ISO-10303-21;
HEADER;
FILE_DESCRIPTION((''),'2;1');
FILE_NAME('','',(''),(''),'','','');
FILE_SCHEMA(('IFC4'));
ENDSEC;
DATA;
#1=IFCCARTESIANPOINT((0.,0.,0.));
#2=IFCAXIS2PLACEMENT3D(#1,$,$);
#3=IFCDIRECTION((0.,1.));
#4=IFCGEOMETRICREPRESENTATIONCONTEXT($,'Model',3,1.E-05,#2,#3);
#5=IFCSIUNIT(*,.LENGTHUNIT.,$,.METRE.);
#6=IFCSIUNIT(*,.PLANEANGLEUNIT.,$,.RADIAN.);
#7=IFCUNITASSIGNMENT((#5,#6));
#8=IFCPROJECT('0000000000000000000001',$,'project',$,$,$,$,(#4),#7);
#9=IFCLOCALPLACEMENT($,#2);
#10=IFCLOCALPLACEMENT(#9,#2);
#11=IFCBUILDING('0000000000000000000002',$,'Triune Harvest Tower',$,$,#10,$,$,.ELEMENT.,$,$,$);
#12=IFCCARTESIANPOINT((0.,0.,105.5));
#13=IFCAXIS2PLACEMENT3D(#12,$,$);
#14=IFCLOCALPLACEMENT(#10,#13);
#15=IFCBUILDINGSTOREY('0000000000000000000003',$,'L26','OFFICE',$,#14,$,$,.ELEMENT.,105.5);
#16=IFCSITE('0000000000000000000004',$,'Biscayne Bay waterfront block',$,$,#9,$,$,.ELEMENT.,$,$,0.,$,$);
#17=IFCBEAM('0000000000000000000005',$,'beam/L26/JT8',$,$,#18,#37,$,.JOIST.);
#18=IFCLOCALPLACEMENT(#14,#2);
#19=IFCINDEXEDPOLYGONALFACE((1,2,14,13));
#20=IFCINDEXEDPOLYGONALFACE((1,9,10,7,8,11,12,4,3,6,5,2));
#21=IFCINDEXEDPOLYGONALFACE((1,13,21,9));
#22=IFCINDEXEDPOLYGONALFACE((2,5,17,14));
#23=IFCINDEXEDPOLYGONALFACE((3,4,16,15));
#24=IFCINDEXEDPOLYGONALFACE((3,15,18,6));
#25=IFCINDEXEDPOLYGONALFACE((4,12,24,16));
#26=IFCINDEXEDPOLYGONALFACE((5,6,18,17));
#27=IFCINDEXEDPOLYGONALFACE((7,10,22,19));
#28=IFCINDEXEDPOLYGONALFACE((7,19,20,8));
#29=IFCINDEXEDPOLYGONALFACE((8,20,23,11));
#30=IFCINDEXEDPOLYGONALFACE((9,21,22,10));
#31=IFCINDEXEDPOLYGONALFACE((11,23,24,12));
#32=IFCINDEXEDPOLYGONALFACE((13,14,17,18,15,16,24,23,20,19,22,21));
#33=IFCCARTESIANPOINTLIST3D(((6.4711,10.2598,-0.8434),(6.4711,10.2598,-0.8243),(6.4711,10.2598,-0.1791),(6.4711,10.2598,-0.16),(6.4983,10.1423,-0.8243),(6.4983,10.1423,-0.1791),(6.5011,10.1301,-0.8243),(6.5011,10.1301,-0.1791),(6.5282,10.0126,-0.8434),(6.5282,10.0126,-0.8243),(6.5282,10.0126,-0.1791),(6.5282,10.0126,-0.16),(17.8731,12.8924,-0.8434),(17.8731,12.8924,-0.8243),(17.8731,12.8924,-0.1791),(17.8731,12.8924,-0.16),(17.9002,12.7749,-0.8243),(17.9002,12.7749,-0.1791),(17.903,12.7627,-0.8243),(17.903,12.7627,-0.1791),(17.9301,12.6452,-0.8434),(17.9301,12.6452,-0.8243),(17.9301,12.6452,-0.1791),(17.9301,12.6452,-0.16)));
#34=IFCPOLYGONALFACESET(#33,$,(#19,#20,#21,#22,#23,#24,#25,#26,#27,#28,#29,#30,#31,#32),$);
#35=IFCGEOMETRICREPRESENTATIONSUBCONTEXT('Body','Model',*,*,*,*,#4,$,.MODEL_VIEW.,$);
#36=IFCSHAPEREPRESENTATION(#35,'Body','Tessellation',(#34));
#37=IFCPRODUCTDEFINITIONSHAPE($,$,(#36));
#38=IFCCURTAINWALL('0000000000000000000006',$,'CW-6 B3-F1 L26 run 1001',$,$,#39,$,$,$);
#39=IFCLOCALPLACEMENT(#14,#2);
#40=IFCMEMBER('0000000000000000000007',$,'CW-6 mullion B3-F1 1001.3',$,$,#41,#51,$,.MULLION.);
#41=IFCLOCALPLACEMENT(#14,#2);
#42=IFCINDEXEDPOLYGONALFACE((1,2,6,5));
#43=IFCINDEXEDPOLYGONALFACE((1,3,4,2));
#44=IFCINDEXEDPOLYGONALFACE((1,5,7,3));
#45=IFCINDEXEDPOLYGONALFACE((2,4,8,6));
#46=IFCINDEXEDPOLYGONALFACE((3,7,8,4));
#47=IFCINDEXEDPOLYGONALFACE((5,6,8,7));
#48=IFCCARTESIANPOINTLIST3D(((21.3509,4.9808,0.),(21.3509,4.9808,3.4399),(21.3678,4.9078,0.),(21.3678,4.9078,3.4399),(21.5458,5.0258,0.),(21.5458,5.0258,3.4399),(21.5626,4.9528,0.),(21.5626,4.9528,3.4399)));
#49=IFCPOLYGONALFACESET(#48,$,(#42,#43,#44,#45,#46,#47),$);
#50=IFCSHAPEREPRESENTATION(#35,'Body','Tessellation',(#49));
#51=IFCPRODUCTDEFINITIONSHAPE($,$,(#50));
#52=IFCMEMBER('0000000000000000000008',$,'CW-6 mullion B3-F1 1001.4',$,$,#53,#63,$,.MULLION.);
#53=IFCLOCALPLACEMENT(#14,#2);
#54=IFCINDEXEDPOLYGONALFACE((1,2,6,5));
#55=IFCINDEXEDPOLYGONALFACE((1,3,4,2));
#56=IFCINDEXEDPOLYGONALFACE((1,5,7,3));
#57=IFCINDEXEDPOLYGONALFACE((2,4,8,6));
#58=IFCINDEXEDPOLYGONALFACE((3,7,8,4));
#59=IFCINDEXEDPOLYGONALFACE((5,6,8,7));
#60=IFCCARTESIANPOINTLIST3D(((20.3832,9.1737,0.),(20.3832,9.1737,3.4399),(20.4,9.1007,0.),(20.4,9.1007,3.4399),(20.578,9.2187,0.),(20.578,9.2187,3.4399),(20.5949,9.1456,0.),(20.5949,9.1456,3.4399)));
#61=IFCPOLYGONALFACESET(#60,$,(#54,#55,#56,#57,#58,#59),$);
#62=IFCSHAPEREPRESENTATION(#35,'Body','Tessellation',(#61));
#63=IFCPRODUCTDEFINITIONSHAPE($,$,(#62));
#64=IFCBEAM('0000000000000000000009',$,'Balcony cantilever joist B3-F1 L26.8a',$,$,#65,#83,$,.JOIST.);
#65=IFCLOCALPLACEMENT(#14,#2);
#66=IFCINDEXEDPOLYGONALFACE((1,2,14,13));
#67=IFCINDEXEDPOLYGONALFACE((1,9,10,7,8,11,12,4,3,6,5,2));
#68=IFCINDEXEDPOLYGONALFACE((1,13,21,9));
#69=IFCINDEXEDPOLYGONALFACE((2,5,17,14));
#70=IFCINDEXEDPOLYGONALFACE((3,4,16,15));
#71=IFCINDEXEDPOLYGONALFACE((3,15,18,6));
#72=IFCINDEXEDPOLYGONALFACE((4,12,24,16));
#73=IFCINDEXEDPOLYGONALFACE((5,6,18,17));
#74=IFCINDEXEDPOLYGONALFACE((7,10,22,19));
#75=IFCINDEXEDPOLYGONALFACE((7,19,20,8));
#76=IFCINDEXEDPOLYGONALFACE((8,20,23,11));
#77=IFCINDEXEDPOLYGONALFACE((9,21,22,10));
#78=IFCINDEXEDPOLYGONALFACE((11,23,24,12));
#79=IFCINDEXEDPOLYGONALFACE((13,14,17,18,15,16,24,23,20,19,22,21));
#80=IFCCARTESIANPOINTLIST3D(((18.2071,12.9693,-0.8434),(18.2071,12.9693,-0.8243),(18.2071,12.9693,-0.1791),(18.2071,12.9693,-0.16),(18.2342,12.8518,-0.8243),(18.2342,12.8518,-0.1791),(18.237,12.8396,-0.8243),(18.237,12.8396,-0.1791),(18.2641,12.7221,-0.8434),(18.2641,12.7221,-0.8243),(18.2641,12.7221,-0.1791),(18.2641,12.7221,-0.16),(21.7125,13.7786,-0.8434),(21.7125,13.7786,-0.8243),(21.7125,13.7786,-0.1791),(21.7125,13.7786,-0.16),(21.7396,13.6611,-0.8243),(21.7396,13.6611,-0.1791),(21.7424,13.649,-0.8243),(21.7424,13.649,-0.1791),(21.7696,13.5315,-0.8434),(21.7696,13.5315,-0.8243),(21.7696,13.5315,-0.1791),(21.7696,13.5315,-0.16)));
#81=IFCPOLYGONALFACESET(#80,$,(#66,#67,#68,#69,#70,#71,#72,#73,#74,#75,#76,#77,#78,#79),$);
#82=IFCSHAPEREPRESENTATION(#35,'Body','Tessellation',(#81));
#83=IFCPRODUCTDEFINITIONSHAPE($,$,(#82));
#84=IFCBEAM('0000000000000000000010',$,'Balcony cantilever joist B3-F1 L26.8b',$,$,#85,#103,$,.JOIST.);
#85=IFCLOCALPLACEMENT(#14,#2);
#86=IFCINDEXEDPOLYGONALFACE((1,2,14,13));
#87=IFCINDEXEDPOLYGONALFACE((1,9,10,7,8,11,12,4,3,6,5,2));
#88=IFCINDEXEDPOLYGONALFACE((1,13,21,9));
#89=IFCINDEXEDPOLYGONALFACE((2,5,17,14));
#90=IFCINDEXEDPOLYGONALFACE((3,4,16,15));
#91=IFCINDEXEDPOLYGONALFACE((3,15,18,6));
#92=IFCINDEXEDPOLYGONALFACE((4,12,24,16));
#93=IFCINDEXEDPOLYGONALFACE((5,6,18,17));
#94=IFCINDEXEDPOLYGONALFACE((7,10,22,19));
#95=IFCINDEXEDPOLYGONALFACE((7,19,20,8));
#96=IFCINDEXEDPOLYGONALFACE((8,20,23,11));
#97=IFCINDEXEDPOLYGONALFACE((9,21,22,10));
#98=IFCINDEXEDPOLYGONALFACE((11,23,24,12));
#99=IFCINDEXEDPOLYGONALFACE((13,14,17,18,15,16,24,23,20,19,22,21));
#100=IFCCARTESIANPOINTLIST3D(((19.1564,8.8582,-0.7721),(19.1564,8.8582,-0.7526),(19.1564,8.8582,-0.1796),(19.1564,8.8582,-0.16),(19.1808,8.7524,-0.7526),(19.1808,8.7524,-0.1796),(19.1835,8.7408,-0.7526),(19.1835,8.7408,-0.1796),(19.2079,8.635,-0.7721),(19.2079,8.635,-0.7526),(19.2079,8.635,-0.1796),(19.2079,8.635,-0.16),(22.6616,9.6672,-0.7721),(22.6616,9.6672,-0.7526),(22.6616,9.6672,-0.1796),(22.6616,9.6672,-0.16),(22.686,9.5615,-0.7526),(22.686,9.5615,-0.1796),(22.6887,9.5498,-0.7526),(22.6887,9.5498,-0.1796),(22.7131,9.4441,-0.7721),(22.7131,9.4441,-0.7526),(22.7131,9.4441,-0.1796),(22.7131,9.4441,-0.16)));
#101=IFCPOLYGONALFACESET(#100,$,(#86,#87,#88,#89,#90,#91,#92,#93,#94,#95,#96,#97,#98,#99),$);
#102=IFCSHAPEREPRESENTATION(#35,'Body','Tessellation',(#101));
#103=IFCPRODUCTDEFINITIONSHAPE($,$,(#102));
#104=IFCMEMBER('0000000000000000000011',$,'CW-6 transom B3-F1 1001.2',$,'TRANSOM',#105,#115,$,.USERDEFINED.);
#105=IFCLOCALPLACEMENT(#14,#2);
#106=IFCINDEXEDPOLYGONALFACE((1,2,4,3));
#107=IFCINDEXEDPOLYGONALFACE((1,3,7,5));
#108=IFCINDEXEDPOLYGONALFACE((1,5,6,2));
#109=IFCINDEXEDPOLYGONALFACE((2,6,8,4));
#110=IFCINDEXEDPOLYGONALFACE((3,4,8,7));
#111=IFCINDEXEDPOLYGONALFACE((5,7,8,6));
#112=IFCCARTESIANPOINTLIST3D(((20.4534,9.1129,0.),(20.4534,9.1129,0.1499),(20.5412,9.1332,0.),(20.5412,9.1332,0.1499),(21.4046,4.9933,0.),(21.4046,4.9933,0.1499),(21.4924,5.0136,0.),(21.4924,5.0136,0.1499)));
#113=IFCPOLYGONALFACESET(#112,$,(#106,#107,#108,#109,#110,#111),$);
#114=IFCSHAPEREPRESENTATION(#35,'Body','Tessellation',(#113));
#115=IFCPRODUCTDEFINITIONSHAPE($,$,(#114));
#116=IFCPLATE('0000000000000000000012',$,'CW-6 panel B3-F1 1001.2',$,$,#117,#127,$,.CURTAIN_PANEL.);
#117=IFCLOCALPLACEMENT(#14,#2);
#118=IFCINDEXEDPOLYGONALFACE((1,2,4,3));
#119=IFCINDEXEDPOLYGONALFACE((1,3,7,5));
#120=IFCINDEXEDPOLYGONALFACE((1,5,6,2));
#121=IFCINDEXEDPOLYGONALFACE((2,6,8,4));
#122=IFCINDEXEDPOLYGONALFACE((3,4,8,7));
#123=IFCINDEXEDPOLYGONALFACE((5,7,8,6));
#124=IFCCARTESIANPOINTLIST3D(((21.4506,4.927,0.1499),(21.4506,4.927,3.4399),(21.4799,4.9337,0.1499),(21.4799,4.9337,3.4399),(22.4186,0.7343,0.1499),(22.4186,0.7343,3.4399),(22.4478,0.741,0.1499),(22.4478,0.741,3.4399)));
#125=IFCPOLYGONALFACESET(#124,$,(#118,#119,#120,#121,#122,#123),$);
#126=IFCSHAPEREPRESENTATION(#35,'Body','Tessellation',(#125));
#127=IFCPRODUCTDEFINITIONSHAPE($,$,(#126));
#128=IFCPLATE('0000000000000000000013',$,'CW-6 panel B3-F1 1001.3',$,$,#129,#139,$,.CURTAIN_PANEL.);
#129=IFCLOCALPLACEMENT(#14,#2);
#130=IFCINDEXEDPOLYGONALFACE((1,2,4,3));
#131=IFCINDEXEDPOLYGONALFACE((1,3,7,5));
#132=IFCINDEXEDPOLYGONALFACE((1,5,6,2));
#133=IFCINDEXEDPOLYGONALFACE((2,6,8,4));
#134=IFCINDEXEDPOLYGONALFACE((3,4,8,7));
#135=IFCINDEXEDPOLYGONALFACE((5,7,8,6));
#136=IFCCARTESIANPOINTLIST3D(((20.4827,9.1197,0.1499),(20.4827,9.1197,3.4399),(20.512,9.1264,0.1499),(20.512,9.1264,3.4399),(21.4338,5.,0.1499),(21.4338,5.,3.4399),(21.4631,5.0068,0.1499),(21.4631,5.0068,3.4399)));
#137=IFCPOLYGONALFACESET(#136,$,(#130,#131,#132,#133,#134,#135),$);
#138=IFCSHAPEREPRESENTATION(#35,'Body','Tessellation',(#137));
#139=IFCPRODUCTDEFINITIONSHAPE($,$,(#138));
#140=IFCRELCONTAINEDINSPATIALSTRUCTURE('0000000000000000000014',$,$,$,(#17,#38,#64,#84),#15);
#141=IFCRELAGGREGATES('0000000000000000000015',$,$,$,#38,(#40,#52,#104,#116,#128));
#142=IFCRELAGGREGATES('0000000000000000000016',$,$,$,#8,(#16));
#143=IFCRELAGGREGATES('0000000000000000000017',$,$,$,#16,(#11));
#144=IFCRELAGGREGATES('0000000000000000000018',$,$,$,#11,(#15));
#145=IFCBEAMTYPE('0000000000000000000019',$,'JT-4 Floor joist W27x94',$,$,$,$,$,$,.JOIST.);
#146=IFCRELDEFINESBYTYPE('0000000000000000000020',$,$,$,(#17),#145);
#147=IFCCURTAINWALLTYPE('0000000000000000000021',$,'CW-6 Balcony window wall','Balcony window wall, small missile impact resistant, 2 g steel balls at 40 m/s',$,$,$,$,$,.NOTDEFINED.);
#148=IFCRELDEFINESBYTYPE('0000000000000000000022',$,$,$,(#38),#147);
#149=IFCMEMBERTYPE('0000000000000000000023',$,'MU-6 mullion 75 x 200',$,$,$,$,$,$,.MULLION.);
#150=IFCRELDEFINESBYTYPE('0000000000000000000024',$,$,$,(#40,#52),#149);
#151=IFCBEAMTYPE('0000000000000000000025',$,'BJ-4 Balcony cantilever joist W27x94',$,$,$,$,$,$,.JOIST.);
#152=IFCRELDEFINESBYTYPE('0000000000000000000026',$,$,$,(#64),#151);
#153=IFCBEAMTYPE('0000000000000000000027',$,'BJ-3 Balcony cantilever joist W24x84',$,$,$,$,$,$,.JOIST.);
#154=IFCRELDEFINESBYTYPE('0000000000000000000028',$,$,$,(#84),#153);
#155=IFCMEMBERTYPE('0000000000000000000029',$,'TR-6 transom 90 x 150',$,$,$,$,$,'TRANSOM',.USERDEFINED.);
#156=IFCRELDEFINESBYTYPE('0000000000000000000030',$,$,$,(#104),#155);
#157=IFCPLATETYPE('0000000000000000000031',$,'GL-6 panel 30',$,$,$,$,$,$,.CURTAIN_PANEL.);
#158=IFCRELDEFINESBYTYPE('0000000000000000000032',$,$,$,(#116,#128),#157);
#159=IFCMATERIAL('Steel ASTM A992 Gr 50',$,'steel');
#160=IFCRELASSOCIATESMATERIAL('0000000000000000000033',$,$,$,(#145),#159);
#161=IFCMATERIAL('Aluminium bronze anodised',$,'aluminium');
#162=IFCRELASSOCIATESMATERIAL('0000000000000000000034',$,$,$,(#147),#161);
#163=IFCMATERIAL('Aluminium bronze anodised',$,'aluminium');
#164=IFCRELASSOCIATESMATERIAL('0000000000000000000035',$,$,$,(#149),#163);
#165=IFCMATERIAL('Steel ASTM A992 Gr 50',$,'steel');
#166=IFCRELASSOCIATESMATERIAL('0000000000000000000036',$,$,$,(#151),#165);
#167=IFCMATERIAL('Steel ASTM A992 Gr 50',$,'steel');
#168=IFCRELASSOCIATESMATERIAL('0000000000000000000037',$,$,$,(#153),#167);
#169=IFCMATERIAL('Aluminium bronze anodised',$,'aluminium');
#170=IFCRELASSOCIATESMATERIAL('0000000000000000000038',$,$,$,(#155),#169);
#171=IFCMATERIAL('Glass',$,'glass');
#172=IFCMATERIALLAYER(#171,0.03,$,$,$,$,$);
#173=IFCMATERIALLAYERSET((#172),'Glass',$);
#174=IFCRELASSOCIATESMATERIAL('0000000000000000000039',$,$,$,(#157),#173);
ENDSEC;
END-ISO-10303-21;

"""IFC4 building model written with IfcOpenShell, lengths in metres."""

from ifc_helpers import new_model, si_unit, direction, frame, origin, origin_2d, place, context, subcontext, project, spatial, rectangle, i_section, extrude, source, transform, mapped, material, layer, layer_set, material_profile, profile_set, type_object, element, aggregate, save


model = new_model("IFC4")

# Units and contexts
model_context = context("Model", 3, precision=1e-05, world=origin(), true_north=direction((0.0, 1.0)))
body_context = subcontext(model_context, "Body", "Model", "MODEL_VIEW")
ifc_project = project(units=[si_unit("LENGTHUNIT", "METRE"), si_unit("PLANEANGLEUNIT", "RADIAN")], contexts=[model_context])

# Site, building, storey
site_placement = place(None, origin())
site = spatial("IfcSite", under=ifc_project, at=site_placement, Name="Biscayne Bay waterfront block", CompositionType="ELEMENT", RefElevation=0.0)
building_placement = place(site_placement, origin())
building = spatial("IfcBuilding", under=site, at=building_placement, Name="Triune Harvest Tower", CompositionType="ELEMENT")
storey_placement = place(building_placement, frame((0.0, 0.0, 105.5)))
storey = spatial("IfcBuildingStorey", under=building, at=storey_placement, Name="L26", Description="OFFICE", CompositionType="ELEMENT", Elevation=105.5)

# Beam
ifc_material_1 = material(Name="Steel ASTM A992 Gr 50", Category="steel")
ifc_material_profile_1 = material_profile(ifc_material_1, i_section(OverallWidth=0.2537, OverallDepth=0.6833, WebThickness=0.0125, FlangeThickness=0.019, at=origin_2d()), Name="W27x94")
ifc_profile_set_1 = profile_set([ifc_material_profile_1], Name="Steel ASTM A992 Gr 50")
beam_type_1 = type_object("IfcBeamType", Name="JT-4 Floor joist W27x94", PredefinedType="JOIST", material=ifc_profile_set_1)
shared_shape_1 = source(origin(), body_context, "Body", "SweptSolid", [
    extrude(i_section(OverallWidth=0.2537, OverallDepth=0.6833, WebThickness=0.0125, FlangeThickness=0.019, at=origin_2d()), origin(), (0.0, 0.0, 1.0), 11.7019),
])
beam_1_placement = place(storey_placement, frame((17.9016, 12.7688, -0.5017), z_axis=(-0.974366, -0.224971, 0.0), x_axis=(0.224971, -0.974366, 0.0)))
element("IfcBeam", 1, at=beam_1_placement, inside=storey, type_object=beam_type_1, Name="beam/L26/JT8", PredefinedType="JOIST", context=body_context, shape_type="MappedRepresentation", body=[
    mapped(shared_shape_1, transform((0.0, 0.0, 0.0), scale=1.0)),
])

# Curtain wall, members
ifc_material_2 = material(Name="Aluminium bronze anodised", Category="aluminium")
curtain_wall_type = type_object("IfcCurtainWallType", Name="CW-6 Balcony window wall", Description="Balcony window wall, small missile impact resistant, 2 g steel balls at 40 m/s", PredefinedType="NOTDEFINED", material=ifc_material_2)
curtain_wall_placement = place(storey_placement, origin())
curtain_wall = element("IfcCurtainWall", 2, at=curtain_wall_placement, inside=storey, type_object=curtain_wall_type, Name="CW-6 B3-F1 L26 run 1001")
ifc_material_3 = material(Name="Aluminium bronze anodised", Category="aluminium")
ifc_material_profile_2 = material_profile(ifc_material_3, rectangle(XDim=0.2, YDim=0.075, at=origin_2d()), Name="MU-6 mullion 75 x 200")
ifc_profile_set_2 = profile_set([ifc_material_profile_2], Name="Aluminium bronze anodised")
member_type_1 = type_object("IfcMemberType", Name="MU-6 mullion 75 x 200", PredefinedType="MULLION", material=ifc_profile_set_2)
shared_shape_2 = source(origin(), body_context, "Body", "SweptSolid", [
    extrude(rectangle(XDim=0.2, YDim=0.075, at=origin_2d()), origin(), (0.0, 0.0, 1.0), 3.4399),
])
member_1_placement = place(storey_placement, frame((21.4568, 4.9668, 0.0), z_axis=(0.0, 0.0, 1.0), x_axis=(-0.974369, -0.224955, 0.0)))
member_1 = element("IfcMember", 3, at=member_1_placement, type_object=member_type_1, Name="CW-6 mullion B3-F1 1001.3", PredefinedType="MULLION", context=body_context, shape_type="MappedRepresentation", body=[
    mapped(shared_shape_2, transform((0.0, 0.0, 0.0), scale=1.0)),
])
member_2_placement = place(storey_placement, frame((20.489, 9.1597, 0.0), z_axis=(0.0, 0.0, 1.0), x_axis=(-0.974369, -0.224955, 0.0)))
member_2 = element("IfcMember", 4, at=member_2_placement, type_object=member_type_1, Name="CW-6 mullion B3-F1 1001.4", PredefinedType="MULLION", context=body_context, shape_type="MappedRepresentation", body=[
    mapped(shared_shape_2, transform((0.0, 0.0, 0.0), scale=1.0)),
])

# Beams
ifc_material_4 = material(Name="Steel ASTM A992 Gr 50", Category="steel")
ifc_material_profile_3 = material_profile(ifc_material_4, i_section(OverallWidth=0.2537, OverallDepth=0.6833, WebThickness=0.0125, FlangeThickness=0.019, at=origin_2d()), Name="W27x94")
ifc_profile_set_3 = profile_set([ifc_material_profile_3], Name="Steel ASTM A992 Gr 50")
beam_type_2 = type_object("IfcBeamType", Name="BJ-4 Balcony cantilever joist W27x94", PredefinedType="JOIST", material=ifc_profile_set_3)
shared_shape_3 = source(origin(), body_context, "Body", "SweptSolid", [
    extrude(i_section(OverallWidth=0.2537, OverallDepth=0.6833, WebThickness=0.0125, FlangeThickness=0.019, at=origin_2d()), origin(), (0.0, 0.0, 1.0), 3.5977),
])
beam_2_placement = place(storey_placement, frame((18.2356, 12.8457, -0.5017), z_axis=(0.974367, 0.224964, 0.0), x_axis=(-0.224964, 0.974367, 0.0)))
element("IfcBeam", 5, at=beam_2_placement, inside=storey, type_object=beam_type_2, Name="Balcony cantilever joist B3-F1 L26.8a", PredefinedType="JOIST", context=body_context, shape_type="MappedRepresentation", body=[
    mapped(shared_shape_3, transform((0.0, 0.0, 0.0), scale=1.0)),
])
ifc_material_5 = material(Name="Steel ASTM A992 Gr 50", Category="steel")
ifc_material_profile_4 = material_profile(ifc_material_5, i_section(OverallWidth=0.229, OverallDepth=0.6121, WebThickness=0.012, FlangeThickness=0.0195, at=origin_2d()), Name="W24x84")
ifc_profile_set_4 = profile_set([ifc_material_profile_4], Name="Steel ASTM A992 Gr 50")
beam_type_3 = type_object("IfcBeamType", Name="BJ-3 Balcony cantilever joist W24x84", PredefinedType="JOIST", material=ifc_profile_set_4)
shared_shape_4 = source(origin(), body_context, "Body", "SweptSolid", [
    extrude(i_section(OverallWidth=0.229, OverallDepth=0.6121, WebThickness=0.012, FlangeThickness=0.0195, at=origin_2d()), origin(), (0.0, 0.0, 1.0), 3.5974),
])
beam_3_placement = place(storey_placement, frame((19.1821, 8.7466, -0.4661), z_axis=(0.974382, 0.224899, 0.0), x_axis=(-0.224899, 0.974382, 0.0)))
element("IfcBeam", 6, at=beam_3_placement, inside=storey, type_object=beam_type_3, Name="Balcony cantilever joist B3-F1 L26.8b", PredefinedType="JOIST", context=body_context, shape_type="MappedRepresentation", body=[
    mapped(shared_shape_4, transform((0.0, 0.0, 0.0), scale=1.0)),
])

# Member
ifc_material_6 = material(Name="Aluminium bronze anodised", Category="aluminium")
ifc_material_profile_5 = material_profile(ifc_material_6, rectangle(XDim=0.0901, YDim=0.1499, at=origin_2d()), Name="TR-6 transom 90 x 150")
ifc_profile_set_5 = profile_set([ifc_material_profile_5], Name="Aluminium bronze anodised")
member_type_2 = type_object("IfcMemberType", Name="TR-6 transom 90 x 150", ElementType="TRANSOM", PredefinedType="USERDEFINED", material=ifc_profile_set_5)
shared_shape_5 = source(origin(), body_context, "Body", "SweptSolid", [
    extrude(rectangle(XDim=0.0901, YDim=0.1499, at=origin_2d()), origin(), (0.0, 0.0, 1.0), 4.228),
])
member_3_placement = place(storey_placement, frame((21.4485, 5.0034, 0.075), z_axis=(-0.224969, 0.974366, 0.0), x_axis=(-0.974366, -0.224969, 0.0)))
member_3 = element("IfcMember", 7, at=member_3_placement, type_object=member_type_2, Name="CW-6 transom B3-F1 1001.2", ObjectType="TRANSOM", PredefinedType="USERDEFINED", context=body_context, shape_type="MappedRepresentation", body=[
    mapped(shared_shape_5, transform((0.0, 0.0, 0.0), scale=1.0)),
])

# Plates
ifc_material_7 = material(Name="Glass", Category="glass")
ifc_layer_1 = layer(ifc_material_7, 0.03)
ifc_layer_set_1 = layer_set([ifc_layer_1], Name="Glass")
plate_type = type_object("IfcPlateType", Name="GL-6 panel 30", PredefinedType="CURTAIN_PANEL", material=ifc_layer_set_1)
shared_shape_6 = source(origin(), body_context, "Body", "SweptSolid", [
    extrude(rectangle(XDim=4.303, YDim=0.03, at=origin_2d()), origin(), (0.0, 0.0, 1.0), 3.29),
])
plate_1_placement = place(storey_placement, frame((21.9492, 2.834, 0.1499), z_axis=(0.0, 0.0, 1.0), x_axis=(-0.224955, 0.974369, 0.0)))
plate_1 = element("IfcPlate", 8, at=plate_1_placement, type_object=plate_type, Name="CW-6 panel B3-F1 1001.2", PredefinedType="CURTAIN_PANEL", context=body_context, shape_type="MappedRepresentation", body=[
    mapped(shared_shape_6, transform((0.0, 0.0, 0.0), scale=1.0)),
])
shared_shape_7 = source(origin(), body_context, "Body", "SweptSolid", [
    extrude(rectangle(XDim=4.228, YDim=0.03, at=origin_2d()), origin(), (0.0, 0.0, 1.0), 3.29),
])
plate_2_placement = place(storey_placement, frame((20.9729, 7.0632, 0.1499), z_axis=(0.0, 0.0, 1.0), x_axis=(-0.224955, 0.974369, 0.0)))
plate_2 = element("IfcPlate", 9, at=plate_2_placement, type_object=plate_type, Name="CW-6 panel B3-F1 1001.3", PredefinedType="CURTAIN_PANEL", context=body_context, shape_type="MappedRepresentation", body=[
    mapped(shared_shape_7, transform((0.0, 0.0, 0.0), scale=1.0)),
])
aggregate(curtain_wall, [member_1, member_2, member_3, plate_1, plate_2])

save(model, "model.ifc")
